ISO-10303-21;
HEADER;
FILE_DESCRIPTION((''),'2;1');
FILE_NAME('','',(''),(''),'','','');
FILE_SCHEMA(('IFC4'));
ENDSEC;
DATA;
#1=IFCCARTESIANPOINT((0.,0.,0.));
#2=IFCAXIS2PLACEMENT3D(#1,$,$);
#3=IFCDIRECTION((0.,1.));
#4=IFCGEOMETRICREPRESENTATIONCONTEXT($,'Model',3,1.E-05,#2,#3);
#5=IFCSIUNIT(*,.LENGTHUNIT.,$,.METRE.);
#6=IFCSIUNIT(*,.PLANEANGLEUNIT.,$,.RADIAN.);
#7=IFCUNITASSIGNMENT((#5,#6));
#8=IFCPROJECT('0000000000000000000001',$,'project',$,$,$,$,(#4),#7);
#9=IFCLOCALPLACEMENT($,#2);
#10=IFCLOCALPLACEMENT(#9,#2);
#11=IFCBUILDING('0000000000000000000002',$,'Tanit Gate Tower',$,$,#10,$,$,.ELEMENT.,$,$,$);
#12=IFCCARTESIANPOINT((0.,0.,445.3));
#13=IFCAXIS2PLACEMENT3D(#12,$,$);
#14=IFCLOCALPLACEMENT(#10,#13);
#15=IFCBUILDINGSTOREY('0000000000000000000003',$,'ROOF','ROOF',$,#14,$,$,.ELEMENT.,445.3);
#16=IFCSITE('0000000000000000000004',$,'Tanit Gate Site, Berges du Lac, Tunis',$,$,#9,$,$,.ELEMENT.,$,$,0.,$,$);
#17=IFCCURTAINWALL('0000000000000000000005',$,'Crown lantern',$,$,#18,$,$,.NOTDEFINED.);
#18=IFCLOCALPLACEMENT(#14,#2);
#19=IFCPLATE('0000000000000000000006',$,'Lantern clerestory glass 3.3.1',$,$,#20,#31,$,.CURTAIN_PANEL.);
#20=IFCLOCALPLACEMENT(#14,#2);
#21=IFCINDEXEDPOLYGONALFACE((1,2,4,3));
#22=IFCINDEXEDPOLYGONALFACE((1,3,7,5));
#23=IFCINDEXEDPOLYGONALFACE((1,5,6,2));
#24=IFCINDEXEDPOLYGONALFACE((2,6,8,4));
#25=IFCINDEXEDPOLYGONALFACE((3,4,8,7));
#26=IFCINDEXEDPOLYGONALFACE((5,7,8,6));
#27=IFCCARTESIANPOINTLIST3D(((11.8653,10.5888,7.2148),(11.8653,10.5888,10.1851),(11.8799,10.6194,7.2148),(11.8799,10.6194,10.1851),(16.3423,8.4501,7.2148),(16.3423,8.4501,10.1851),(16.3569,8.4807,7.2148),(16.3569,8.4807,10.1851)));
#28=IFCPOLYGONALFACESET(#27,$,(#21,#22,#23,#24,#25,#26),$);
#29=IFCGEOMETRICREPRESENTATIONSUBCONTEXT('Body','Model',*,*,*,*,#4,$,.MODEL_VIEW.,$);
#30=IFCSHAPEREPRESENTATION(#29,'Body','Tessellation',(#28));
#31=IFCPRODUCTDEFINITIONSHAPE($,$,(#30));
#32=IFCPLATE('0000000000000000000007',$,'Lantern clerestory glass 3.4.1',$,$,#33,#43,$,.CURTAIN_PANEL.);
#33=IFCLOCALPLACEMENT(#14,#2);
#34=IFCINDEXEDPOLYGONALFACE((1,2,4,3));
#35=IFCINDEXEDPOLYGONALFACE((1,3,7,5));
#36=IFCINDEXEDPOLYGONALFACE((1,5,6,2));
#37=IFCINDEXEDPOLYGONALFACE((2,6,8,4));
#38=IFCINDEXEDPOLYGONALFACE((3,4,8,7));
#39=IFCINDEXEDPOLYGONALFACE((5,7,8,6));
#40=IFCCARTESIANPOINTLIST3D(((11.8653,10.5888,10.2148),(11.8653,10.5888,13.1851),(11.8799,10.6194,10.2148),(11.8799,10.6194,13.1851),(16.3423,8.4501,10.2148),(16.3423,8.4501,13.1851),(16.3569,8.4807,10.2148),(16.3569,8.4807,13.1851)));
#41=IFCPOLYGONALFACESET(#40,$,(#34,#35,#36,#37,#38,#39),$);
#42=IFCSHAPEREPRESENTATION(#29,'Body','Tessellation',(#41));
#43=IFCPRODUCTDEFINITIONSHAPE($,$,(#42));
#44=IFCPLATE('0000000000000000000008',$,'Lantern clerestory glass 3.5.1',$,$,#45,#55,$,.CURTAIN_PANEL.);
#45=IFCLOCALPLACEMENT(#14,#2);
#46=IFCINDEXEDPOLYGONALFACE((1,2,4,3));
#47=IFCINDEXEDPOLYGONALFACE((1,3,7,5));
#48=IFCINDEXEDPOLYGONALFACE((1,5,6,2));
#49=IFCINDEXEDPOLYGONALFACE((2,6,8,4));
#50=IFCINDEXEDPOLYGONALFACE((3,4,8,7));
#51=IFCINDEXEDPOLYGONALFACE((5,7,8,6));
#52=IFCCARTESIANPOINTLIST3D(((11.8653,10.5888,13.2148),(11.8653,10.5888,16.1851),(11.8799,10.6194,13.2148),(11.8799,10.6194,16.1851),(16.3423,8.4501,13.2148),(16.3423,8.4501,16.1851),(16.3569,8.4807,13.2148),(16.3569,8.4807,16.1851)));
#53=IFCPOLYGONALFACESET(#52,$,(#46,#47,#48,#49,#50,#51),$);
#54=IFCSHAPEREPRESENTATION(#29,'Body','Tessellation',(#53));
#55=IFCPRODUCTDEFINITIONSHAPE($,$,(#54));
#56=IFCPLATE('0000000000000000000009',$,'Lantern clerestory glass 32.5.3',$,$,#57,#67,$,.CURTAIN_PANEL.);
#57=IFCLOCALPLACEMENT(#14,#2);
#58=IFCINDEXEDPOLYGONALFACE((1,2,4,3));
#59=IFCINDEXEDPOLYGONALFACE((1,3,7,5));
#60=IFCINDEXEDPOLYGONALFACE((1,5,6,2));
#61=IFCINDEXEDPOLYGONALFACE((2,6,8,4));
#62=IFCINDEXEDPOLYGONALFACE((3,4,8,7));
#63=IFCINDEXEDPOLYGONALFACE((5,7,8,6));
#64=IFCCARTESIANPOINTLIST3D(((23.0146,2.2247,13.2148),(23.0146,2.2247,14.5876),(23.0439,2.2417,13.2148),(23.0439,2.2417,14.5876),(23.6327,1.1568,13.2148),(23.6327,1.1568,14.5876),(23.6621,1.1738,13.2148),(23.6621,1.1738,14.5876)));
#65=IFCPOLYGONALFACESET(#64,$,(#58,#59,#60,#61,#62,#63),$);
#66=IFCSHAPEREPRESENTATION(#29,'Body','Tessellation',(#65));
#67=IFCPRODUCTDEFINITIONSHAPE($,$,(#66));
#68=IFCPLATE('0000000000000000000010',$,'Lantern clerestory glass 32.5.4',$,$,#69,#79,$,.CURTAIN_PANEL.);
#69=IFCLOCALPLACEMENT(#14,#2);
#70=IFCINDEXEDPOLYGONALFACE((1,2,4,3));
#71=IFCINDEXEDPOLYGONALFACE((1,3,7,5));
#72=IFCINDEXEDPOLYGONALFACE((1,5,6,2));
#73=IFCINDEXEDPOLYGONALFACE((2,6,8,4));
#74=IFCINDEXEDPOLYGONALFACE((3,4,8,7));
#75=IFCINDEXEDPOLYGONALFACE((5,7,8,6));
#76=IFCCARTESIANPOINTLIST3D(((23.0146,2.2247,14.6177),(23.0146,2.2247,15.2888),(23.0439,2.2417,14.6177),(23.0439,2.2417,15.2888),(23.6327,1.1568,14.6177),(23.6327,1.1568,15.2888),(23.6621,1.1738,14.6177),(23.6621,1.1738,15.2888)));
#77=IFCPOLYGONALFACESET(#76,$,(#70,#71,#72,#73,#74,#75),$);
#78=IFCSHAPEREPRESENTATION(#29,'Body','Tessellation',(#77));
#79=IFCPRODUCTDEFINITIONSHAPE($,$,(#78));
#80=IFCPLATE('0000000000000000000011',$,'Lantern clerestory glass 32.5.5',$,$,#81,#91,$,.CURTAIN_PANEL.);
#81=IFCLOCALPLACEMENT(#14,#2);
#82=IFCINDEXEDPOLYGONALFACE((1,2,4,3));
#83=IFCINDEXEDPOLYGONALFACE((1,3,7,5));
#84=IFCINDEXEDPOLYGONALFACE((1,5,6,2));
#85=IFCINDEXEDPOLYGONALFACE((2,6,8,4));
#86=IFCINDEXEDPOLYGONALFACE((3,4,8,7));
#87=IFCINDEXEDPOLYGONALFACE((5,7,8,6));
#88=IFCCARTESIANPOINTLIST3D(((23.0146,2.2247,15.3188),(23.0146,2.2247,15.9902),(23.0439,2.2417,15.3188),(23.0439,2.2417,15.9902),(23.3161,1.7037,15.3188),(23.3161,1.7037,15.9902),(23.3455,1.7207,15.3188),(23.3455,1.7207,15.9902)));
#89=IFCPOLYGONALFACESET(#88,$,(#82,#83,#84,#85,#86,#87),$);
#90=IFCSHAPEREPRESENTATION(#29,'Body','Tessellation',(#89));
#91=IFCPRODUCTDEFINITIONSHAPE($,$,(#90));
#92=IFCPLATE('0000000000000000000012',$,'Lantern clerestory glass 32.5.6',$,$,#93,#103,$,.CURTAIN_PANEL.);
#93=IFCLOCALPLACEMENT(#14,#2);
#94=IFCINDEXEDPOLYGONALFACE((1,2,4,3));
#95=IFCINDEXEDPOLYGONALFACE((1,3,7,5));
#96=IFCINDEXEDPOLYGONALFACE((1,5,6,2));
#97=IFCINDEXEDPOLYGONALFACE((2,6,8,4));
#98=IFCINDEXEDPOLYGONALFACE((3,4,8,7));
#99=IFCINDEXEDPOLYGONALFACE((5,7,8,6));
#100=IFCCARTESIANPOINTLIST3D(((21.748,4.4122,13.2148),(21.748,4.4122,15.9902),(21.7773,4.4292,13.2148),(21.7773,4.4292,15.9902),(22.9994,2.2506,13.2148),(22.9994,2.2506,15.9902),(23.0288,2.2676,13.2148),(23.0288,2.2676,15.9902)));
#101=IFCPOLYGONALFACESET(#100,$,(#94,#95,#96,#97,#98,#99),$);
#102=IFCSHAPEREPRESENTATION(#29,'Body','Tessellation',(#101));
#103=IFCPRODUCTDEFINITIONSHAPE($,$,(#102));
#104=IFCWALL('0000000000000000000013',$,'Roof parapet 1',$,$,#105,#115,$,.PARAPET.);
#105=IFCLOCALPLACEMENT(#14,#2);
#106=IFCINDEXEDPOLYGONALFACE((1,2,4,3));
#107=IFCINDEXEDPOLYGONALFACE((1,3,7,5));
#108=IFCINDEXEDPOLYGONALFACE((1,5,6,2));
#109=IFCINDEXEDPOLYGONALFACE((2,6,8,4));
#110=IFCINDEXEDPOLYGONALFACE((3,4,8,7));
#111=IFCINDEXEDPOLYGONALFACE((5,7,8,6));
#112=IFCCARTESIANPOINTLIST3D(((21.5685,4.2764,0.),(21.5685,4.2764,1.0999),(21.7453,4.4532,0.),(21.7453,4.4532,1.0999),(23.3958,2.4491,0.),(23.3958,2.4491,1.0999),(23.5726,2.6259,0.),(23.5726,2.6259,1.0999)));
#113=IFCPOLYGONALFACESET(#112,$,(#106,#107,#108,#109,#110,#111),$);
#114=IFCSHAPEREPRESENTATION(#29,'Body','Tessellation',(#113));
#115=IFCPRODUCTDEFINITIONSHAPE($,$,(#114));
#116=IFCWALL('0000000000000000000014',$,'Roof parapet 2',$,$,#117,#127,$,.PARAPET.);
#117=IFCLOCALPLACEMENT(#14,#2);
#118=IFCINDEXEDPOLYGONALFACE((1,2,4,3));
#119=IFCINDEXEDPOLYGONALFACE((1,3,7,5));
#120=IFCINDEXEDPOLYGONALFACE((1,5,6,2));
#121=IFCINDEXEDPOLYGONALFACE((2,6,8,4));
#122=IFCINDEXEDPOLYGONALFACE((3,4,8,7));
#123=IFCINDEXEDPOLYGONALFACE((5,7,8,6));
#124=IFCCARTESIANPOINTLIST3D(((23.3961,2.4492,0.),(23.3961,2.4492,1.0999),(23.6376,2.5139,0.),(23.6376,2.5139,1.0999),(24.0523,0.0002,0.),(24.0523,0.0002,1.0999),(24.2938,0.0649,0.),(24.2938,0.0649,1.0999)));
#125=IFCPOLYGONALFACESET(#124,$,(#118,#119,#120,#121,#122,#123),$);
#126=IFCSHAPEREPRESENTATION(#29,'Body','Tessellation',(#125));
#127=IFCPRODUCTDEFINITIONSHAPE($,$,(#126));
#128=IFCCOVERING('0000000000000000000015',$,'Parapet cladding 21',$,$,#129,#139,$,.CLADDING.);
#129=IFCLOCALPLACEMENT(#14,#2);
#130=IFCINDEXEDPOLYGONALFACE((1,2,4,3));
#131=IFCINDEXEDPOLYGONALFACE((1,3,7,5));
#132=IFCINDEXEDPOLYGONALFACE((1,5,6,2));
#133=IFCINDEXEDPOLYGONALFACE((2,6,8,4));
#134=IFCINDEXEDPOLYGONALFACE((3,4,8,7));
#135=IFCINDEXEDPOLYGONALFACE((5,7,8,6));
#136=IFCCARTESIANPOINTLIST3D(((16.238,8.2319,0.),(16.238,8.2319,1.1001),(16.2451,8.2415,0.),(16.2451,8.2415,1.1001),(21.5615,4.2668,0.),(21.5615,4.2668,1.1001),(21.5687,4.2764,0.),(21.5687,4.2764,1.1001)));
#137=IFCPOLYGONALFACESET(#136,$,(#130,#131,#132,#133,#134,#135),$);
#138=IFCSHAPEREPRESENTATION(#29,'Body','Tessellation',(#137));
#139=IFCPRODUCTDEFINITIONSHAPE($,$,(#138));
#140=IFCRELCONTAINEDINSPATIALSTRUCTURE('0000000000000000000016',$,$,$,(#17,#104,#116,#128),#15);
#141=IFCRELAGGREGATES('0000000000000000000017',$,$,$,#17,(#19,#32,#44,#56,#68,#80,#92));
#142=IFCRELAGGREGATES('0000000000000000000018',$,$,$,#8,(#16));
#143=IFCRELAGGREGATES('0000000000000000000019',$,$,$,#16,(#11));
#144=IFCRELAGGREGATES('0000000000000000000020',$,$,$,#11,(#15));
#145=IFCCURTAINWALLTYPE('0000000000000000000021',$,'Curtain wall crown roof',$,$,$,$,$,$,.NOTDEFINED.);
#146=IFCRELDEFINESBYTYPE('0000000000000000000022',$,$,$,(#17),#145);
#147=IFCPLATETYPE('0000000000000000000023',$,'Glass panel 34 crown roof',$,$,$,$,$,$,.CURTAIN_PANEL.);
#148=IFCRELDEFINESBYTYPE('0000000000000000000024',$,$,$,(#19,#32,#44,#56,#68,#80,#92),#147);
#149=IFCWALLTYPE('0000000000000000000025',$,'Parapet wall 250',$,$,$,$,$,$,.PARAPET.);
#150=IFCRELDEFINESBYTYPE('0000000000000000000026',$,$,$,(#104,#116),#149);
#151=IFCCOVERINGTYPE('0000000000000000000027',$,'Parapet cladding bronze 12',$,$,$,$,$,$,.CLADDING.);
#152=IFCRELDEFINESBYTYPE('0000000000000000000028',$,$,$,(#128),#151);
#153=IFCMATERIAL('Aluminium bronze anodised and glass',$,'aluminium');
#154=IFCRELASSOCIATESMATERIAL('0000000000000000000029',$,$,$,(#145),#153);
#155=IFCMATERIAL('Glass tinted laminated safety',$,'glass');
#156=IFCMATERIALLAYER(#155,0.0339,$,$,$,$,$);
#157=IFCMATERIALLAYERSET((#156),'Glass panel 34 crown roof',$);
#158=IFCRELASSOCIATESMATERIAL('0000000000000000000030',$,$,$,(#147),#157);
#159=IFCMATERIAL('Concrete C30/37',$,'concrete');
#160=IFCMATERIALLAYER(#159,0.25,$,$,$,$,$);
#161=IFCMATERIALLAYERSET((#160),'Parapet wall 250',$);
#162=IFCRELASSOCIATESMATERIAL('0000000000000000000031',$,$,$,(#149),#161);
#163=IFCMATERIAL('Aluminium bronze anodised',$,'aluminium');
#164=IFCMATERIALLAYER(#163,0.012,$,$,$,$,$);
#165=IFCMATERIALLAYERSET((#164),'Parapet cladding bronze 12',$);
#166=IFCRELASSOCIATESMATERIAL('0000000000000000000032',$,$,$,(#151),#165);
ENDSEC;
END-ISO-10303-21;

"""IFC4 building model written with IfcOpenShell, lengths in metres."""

from ifc_helpers import new_model, si_unit, direction, frame, frame_2d, origin, origin_2d, place, context, subcontext, project, spatial, polyline, rectangle, outline, extrude, material, layer, layer_set, type_object, element, aggregate, save


model = new_model("IFC4")

# Units and contexts
model_context = context("Model", 3, precision=1e-05, world=origin(), true_north=direction((0.0, 1.0)))
body_context = subcontext(model_context, "Body", "Model", "MODEL_VIEW")
ifc_project = project(units=[si_unit("LENGTHUNIT", "METRE"), si_unit("PLANEANGLEUNIT", "RADIAN")], contexts=[model_context])

# Site, building, storey
site_placement = place(None, origin())
site = spatial("IfcSite", under=ifc_project, at=site_placement, Name="Tanit Gate Site, Berges du Lac, Tunis", CompositionType="ELEMENT", RefElevation=0.0)
building_placement = place(site_placement, origin())
building = spatial("IfcBuilding", under=site, at=building_placement, Name="Tanit Gate Tower", CompositionType="ELEMENT")
storey_placement = place(building_placement, frame((0.0, 0.0, 445.3)))
storey = spatial("IfcBuildingStorey", under=building, at=storey_placement, Name="ROOF", Description="ROOF", CompositionType="ELEMENT", Elevation=445.3)

# Curtain wall, plates
ifc_material_1 = material(Name="Aluminium bronze anodised and glass", Category="aluminium")
curtain_wall_type = type_object("IfcCurtainWallType", Name="Curtain wall crown roof", PredefinedType="NOTDEFINED", material=ifc_material_1)
curtain_wall_placement = place(storey_placement, origin())
curtain_wall = element("IfcCurtainWall", 1, at=curtain_wall_placement, inside=storey, type_object=curtain_wall_type, Name="Crown lantern", PredefinedType="NOTDEFINED")
ifc_material_2 = material(Name="Glass tinted laminated safety", Category="glass")
ifc_layer_1 = layer(ifc_material_2, 0.0339)
ifc_layer_set_1 = layer_set([ifc_layer_1], Name="Glass panel 34 crown roof")
plate_type = type_object("IfcPlateType", Name="Glass panel 34 crown roof", PredefinedType="CURTAIN_PANEL", material=ifc_layer_set_1)
plate_1_placement = place(storey_placement, frame((16.3569, 8.4807, 7.2148), z_axis=(0.431041, 0.902332, 0.0), x_axis=(-0.902332, 0.431041, 0.0)))
plate_1 = element("IfcPlate", 2, at=plate_1_placement, type_object=plate_type, Name="Lantern clerestory glass 3.3.1", PredefinedType="CURTAIN_PANEL", context=body_context, shape_type="SweptSolid", body=[
    extrude(outline(polyline([(0.0, 0.0), (4.9616, 0.0), (4.9616, 2.9702), (0.0, 2.9702), (0.0, 0.0)])), origin(), (0.0, 0.0, -1.0), 0.0339),
])
plate_2_placement = place(storey_placement, frame((16.3569, 8.4807, 10.2148), z_axis=(0.431041, 0.902332, 0.0), x_axis=(-0.902332, 0.431041, 0.0)))
plate_2 = element("IfcPlate", 3, at=plate_2_placement, type_object=plate_type, Name="Lantern clerestory glass 3.4.1", PredefinedType="CURTAIN_PANEL", context=body_context, shape_type="SweptSolid", body=[
    extrude(outline(polyline([(0.0, 0.0), (4.9616, 0.0), (4.9616, 2.9702), (0.0, 2.9702), (0.0, 0.0)])), origin(), (0.0, 0.0, -1.0), 0.0339),
])
plate_3_placement = place(storey_placement, frame((16.3569, 8.4807, 13.2148), z_axis=(0.431041, 0.902332, 0.0), x_axis=(-0.902332, 0.431041, 0.0)))
plate_3 = element("IfcPlate", 4, at=plate_3_placement, type_object=plate_type, Name="Lantern clerestory glass 3.5.1", PredefinedType="CURTAIN_PANEL", context=body_context, shape_type="SweptSolid", body=[
    extrude(outline(polyline([(0.0, 0.0), (4.9616, 0.0), (4.9616, 2.9702), (0.0, 2.9702), (0.0, 0.0)])), origin(), (0.0, 0.0, -1.0), 0.0339),
])
plate_4_placement = place(storey_placement, frame((23.6621, 1.1738, 13.2148), z_axis=(0.865453, 0.500989, 0.0), x_axis=(-0.500989, 0.865453, 0.0)))
plate_4 = element("IfcPlate", 5, at=plate_4_placement, type_object=plate_type, Name="Lantern clerestory glass 32.5.3", PredefinedType="CURTAIN_PANEL", context=body_context, shape_type="SweptSolid", body=[
    extrude(outline(polyline([(0.0, 0.0), (1.2339, 0.0), (1.2339, 1.3728), (0.0, 1.3728), (0.0, 0.0)])), origin(), (0.0, 0.0, -1.0), 0.0339),
])
plate_5_placement = place(storey_placement, frame((23.6621, 1.1738, 14.6177), z_axis=(0.865453, 0.500989, 0.0), x_axis=(-0.500989, 0.865453, 0.0)))
plate_5 = element("IfcPlate", 6, at=plate_5_placement, type_object=plate_type, Name="Lantern clerestory glass 32.5.4", PredefinedType="CURTAIN_PANEL", context=body_context, shape_type="SweptSolid", body=[
    extrude(outline(polyline([(0.0, 0.0), (1.2339, 0.0), (1.2339, 0.6711), (0.0, 0.6711), (0.0, 0.0)])), origin(), (0.0, 0.0, -1.0), 0.0339),
])
plate_6_placement = place(storey_placement, frame((23.3455, 1.7207, 15.3188), z_axis=(0.86551, 0.500892, 0.0), x_axis=(-0.500892, 0.86551, 0.0)))
plate_6 = element("IfcPlate", 7, at=plate_6_placement, type_object=plate_type, Name="Lantern clerestory glass 32.5.5", PredefinedType="CURTAIN_PANEL", context=body_context, shape_type="SweptSolid", body=[
    extrude(outline(polyline([(0.0, 0.0), (0.602, 0.0), (0.602, 0.6714), (0.0, 0.6714), (0.0, 0.0)])), origin(), (0.0, 0.0, -1.0), 0.0339),
])
plate_7_placement = place(storey_placement, frame((23.0288, 2.2676, 13.2148), z_axis=(0.865426, 0.501036, 0.0), x_axis=(-0.501036, 0.865426, 0.0)))
plate_7 = element("IfcPlate", 8, at=plate_7_placement, type_object=plate_type, Name="Lantern clerestory glass 32.5.6", PredefinedType="CURTAIN_PANEL", context=body_context, shape_type="SweptSolid", body=[
    extrude(outline(polyline([(0.0, 0.0), (2.4978, 0.0), (2.4978, 2.7754), (0.0, 2.7754), (0.0, 0.0)])), origin(), (0.0, 0.0, -1.0), 0.0339),
])
aggregate(curtain_wall, [plate_1, plate_2, plate_3, plate_4, plate_5, plate_6, plate_7])

# Walls
ifc_material_3 = material(Name="Concrete C30/37", Category="concrete")
ifc_layer_2 = layer(ifc_material_3, 0.25)
ifc_layer_set_2 = layer_set([ifc_layer_2], Name="Parapet wall 250")
wall_type = type_object("IfcWallType", Name="Parapet wall 250", PredefinedType="PARAPET", material=ifc_layer_set_2)
wall_1_placement = place(storey_placement, frame((21.657, 4.3647, 0.0), z_axis=(0.0, 0.0, 1.0), x_axis=(0.707107, -0.707107, 0.0)))
element("IfcWall", 9, at=wall_1_placement, inside=storey, type_object=wall_type, Name="Roof parapet 1", PredefinedType="PARAPET", context=body_context, shape_type="SweptSolid", body=[
    extrude(rectangle(XDim=2.5842, YDim=0.25, at=frame_2d((1.292, 0.0))), origin(), (0.0, 0.0, 1.0), 1.0999),
])
wall_2_placement = place(storey_placement, frame((23.5168, 2.4814, 0.0), z_axis=(0.0, 0.0, 1.0), x_axis=(0.258837, -0.965921, 0.0)))
element("IfcWall", 10, at=wall_2_placement, inside=storey, type_object=wall_type, Name="Roof parapet 2", PredefinedType="PARAPET", context=body_context, shape_type="SweptSolid", body=[
    extrude(rectangle(XDim=2.5354, YDim=0.25, at=frame_2d((1.2676, 0.0))), origin(), (0.0, 0.0, 1.0), 1.0999),
])

# Covering
ifc_material_4 = material(Name="Aluminium bronze anodised", Category="aluminium")
ifc_layer_3 = layer(ifc_material_4, 0.012)
ifc_layer_set_3 = layer_set([ifc_layer_3], Name="Parapet cladding bronze 12")
covering_type = type_object("IfcCoveringType", Name="Parapet cladding bronze 12", PredefinedType="CLADDING", material=ifc_layer_set_3)
covering_placement = place(storey_placement, frame((18.9033, 6.2542, 0.0), z_axis=(0.0, 0.0, 1.0), x_axis=(0.801988, -0.597341, 0.0)))
element("IfcCovering", 11, at=covering_placement, inside=storey, type_object=covering_type, Name="Parapet cladding 21", PredefinedType="CLADDING", context=body_context, shape_type="SweptSolid", body=[
    extrude(rectangle(XDim=6.6379, YDim=0.012, at=origin_2d()), origin(), (0.0, 0.0, 1.0), 1.1001),
])

save(model, "model.ifc")
